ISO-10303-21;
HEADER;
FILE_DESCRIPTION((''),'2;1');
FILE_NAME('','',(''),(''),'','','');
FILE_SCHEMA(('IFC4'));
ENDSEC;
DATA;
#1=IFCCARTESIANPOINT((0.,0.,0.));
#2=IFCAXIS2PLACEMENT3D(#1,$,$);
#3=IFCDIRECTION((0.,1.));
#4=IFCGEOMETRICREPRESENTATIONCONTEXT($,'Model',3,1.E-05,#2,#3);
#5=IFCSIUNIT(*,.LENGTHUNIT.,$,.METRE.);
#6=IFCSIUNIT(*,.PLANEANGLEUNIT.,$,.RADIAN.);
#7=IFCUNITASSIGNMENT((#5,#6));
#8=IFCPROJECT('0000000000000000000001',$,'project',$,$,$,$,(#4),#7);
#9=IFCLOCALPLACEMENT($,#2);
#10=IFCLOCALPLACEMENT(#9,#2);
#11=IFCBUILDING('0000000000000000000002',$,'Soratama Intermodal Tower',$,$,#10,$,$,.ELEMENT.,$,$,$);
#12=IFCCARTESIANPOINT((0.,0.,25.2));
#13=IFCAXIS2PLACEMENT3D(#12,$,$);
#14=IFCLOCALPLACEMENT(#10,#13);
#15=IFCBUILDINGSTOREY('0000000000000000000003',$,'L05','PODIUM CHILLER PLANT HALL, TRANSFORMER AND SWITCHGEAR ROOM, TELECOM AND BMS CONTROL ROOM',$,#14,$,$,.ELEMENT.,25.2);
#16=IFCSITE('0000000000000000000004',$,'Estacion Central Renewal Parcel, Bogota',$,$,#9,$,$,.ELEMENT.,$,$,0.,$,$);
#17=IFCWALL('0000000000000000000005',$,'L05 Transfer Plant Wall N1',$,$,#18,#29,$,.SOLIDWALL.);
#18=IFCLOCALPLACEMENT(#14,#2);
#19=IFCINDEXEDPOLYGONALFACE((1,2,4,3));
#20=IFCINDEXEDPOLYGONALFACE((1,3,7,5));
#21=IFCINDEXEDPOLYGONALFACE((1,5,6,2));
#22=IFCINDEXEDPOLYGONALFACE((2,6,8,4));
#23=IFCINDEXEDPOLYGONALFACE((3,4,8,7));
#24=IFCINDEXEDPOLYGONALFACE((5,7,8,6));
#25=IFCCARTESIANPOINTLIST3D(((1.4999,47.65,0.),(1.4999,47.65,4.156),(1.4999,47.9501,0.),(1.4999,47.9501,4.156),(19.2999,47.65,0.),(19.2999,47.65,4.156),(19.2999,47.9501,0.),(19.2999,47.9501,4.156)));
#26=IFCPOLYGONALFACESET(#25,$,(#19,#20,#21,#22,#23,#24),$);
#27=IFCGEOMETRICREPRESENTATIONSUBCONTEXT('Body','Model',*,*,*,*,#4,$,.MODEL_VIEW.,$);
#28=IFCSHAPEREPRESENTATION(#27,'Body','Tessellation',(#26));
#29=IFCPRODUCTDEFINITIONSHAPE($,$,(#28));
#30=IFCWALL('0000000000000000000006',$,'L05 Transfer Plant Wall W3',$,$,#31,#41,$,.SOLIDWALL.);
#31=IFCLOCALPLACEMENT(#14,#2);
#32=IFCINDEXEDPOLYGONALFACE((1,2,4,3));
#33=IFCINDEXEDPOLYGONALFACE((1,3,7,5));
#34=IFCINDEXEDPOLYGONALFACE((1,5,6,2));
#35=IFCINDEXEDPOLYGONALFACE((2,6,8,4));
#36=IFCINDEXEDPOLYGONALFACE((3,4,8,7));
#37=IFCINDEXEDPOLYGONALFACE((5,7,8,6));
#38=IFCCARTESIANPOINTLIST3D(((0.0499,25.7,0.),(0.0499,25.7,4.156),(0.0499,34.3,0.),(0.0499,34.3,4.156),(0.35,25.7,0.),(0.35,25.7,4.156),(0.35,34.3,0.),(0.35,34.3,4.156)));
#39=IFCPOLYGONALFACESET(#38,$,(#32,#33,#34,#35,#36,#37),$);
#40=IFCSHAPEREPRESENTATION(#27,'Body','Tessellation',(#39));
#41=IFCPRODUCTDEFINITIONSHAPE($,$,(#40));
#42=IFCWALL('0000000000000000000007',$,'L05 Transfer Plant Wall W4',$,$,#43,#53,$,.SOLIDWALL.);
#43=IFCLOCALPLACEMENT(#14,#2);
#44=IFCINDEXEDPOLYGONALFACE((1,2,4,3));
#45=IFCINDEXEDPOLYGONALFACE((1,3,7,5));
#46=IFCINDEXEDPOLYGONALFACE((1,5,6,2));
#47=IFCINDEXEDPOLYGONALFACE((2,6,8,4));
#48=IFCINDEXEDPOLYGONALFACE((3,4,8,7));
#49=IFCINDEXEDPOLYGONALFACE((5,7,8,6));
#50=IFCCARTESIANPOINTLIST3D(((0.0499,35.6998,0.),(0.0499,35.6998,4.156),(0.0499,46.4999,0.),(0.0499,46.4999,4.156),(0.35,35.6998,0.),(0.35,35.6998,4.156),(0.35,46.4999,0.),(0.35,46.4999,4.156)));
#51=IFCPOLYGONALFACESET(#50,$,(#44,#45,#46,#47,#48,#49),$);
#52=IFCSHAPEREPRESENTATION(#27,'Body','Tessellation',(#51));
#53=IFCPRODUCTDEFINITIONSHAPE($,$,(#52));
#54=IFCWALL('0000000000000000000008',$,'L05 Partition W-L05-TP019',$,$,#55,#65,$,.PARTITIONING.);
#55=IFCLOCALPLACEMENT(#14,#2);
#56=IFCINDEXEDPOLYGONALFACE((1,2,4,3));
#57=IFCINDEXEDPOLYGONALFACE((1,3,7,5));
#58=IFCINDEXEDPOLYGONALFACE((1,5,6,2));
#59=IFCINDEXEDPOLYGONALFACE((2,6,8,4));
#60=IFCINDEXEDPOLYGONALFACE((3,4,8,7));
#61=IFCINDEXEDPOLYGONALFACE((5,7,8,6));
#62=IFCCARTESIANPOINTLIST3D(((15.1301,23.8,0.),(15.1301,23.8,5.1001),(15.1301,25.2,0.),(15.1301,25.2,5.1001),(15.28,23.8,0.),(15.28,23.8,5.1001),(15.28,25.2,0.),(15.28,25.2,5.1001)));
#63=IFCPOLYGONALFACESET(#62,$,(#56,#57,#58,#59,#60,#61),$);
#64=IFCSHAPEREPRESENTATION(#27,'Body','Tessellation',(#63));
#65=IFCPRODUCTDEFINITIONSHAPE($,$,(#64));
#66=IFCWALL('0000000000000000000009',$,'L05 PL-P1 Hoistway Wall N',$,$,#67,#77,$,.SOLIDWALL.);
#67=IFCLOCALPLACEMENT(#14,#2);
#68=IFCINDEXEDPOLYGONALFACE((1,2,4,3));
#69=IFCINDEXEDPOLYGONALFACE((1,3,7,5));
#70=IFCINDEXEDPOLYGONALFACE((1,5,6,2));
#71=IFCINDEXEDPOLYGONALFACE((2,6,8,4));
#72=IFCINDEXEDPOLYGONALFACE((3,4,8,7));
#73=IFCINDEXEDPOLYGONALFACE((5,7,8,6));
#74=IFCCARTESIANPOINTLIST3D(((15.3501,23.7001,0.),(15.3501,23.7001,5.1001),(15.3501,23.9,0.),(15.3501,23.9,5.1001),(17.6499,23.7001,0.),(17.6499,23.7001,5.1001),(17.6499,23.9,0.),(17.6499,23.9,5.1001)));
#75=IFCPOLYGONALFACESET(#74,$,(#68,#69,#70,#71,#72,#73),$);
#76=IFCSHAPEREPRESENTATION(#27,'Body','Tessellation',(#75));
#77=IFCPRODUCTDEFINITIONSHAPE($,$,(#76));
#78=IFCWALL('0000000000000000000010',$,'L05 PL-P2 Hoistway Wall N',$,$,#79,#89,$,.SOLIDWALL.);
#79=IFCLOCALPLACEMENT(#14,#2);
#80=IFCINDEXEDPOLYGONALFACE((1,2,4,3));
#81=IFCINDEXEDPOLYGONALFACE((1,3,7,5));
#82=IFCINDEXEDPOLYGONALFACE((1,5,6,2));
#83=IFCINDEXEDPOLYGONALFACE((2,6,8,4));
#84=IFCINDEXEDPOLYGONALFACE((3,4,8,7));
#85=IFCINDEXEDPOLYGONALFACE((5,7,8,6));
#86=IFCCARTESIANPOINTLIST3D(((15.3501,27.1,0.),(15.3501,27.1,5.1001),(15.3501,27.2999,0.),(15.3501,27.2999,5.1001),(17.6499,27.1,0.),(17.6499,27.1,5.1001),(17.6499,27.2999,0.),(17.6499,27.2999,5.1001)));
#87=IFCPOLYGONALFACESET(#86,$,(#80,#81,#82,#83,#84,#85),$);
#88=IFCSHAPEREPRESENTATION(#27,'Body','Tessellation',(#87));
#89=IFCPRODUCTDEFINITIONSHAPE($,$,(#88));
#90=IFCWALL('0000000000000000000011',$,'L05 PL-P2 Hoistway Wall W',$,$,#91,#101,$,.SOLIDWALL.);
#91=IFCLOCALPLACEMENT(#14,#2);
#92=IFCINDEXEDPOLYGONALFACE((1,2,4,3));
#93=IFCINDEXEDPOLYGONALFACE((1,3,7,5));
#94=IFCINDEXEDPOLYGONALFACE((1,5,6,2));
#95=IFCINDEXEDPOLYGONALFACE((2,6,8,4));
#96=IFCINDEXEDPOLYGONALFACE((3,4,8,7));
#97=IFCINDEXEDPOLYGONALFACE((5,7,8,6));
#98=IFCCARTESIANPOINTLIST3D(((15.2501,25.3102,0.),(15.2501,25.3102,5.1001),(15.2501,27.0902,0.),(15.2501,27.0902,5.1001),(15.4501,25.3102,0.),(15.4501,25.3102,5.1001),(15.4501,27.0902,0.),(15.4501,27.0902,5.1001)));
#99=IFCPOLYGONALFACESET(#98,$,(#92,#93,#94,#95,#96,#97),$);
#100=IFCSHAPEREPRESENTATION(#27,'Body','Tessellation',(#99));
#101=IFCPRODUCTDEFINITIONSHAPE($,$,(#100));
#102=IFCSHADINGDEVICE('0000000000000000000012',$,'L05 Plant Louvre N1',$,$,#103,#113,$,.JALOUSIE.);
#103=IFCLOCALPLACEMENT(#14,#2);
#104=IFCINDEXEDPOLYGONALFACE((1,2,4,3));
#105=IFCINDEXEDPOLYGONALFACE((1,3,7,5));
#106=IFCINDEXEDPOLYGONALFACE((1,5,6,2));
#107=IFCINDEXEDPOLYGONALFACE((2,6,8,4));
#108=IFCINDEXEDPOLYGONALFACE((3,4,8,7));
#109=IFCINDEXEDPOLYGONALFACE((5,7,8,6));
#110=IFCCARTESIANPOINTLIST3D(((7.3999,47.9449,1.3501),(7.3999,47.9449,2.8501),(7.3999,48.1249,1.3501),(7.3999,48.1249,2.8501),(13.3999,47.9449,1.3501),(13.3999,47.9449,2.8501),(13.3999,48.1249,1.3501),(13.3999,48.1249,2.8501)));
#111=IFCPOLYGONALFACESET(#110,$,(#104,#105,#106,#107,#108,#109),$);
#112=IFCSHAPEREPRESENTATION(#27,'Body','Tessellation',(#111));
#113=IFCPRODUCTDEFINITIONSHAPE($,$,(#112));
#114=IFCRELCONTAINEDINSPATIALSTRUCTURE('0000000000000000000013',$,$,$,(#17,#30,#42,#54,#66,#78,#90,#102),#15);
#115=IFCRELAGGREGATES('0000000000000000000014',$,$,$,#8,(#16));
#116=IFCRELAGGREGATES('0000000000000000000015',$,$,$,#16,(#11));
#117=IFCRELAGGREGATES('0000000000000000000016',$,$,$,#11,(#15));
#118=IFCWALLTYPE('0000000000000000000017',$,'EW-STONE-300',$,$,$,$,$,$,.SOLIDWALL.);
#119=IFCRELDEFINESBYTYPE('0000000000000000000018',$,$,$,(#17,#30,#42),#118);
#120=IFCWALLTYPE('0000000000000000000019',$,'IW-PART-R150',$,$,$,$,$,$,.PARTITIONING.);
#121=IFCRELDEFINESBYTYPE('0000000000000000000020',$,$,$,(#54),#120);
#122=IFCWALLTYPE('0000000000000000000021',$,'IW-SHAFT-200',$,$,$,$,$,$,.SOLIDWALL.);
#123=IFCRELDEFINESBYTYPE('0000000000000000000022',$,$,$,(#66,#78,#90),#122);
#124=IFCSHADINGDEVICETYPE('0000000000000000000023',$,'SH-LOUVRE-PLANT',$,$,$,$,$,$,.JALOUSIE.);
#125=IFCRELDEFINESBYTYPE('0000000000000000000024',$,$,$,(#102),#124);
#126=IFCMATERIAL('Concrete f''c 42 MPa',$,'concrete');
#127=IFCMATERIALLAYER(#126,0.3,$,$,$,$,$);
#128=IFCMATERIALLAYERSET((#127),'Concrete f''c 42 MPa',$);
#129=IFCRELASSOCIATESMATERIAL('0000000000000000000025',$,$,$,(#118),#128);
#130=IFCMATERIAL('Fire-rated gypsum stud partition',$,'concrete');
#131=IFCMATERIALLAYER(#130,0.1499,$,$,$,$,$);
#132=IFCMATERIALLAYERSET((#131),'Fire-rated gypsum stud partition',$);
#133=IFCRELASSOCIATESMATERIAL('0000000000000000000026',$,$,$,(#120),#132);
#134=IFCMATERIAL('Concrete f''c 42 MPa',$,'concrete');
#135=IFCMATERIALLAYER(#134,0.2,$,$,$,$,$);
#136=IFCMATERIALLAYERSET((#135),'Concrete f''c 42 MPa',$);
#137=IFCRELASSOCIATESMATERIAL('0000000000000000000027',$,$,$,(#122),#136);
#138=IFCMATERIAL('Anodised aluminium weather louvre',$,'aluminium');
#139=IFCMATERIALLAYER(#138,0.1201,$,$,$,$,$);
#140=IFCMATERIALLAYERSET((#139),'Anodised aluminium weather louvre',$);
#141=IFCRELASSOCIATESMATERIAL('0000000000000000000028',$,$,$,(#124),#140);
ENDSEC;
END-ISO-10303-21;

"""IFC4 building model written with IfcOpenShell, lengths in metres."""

from ifc_helpers import new_model, si_unit, direction, frame, frame_2d, origin, origin_2d, place, context, subcontext, project, spatial, rectangle, extrude, material, layer, layer_set, type_object, element, save


model = new_model("IFC4")

# Units and contexts
model_context = context("Model", 3, precision=1e-05, world=origin(), true_north=direction((0.0, 1.0)))
body_context = subcontext(model_context, "Body", "Model", "MODEL_VIEW")
ifc_project = project(units=[si_unit("LENGTHUNIT", "METRE"), si_unit("PLANEANGLEUNIT", "RADIAN")], contexts=[model_context])

# Site, building, storey
site_placement = place(None, origin())
site = spatial("IfcSite", under=ifc_project, at=site_placement, Name="Estacion Central Renewal Parcel, Bogota", CompositionType="ELEMENT", RefElevation=0.0)
building_placement = place(site_placement, origin())
building = spatial("IfcBuilding", under=site, at=building_placement, Name="Soratama Intermodal Tower", CompositionType="ELEMENT")
storey_placement = place(building_placement, frame((0.0, 0.0, 25.2)))
storey = spatial("IfcBuildingStorey", under=building, at=storey_placement, Name="L05", Description="PODIUM CHILLER PLANT HALL, TRANSFORMER AND SWITCHGEAR ROOM, TELECOM AND BMS CONTROL ROOM", CompositionType="ELEMENT", Elevation=25.2)

# Walls
ifc_material_1 = material(Name="Concrete f'c 42 MPa", Category="concrete")
ifc_layer_1 = layer(ifc_material_1, 0.3)
ifc_layer_set_1 = layer_set([ifc_layer_1], Name="Concrete f'c 42 MPa")
wall_type_1 = type_object("IfcWallType", Name="EW-STONE-300", PredefinedType="SOLIDWALL", material=ifc_layer_set_1)
wall_1_placement = place(storey_placement, frame((1.5, 47.8, 0.0), z_axis=(0.0, 0.0, 1.0), x_axis=(1.0, 0.0, 0.0)))
element("IfcWall", 1, at=wall_1_placement, inside=storey, type_object=wall_type_1, Name="L05 Transfer Plant Wall N1", PredefinedType="SOLIDWALL", context=body_context, shape_type="SweptSolid", body=[
    extrude(rectangle(XDim=17.8, YDim=0.3, at=frame_2d((8.8999, 0.0))), origin(), (0.0, 0.0, 1.0), 4.156),
])
wall_2_placement = place(storey_placement, frame((0.2, 25.7, 0.0), z_axis=(0.0, 0.0, 1.0), x_axis=(0.0, 1.0, 0.0)))
element("IfcWall", 2, at=wall_2_placement, inside=storey, type_object=wall_type_1, Name="L05 Transfer Plant Wall W3", PredefinedType="SOLIDWALL", context=body_context, shape_type="SweptSolid", body=[
    extrude(rectangle(XDim=8.6001, YDim=0.3, at=frame_2d((4.3, 0.0))), origin(), (0.0, 0.0, 1.0), 4.156),
])
wall_3_placement = place(storey_placement, frame((0.2, 35.7, 0.0), z_axis=(0.0, 0.0, 1.0), x_axis=(0.0, 1.0, 0.0)))
element("IfcWall", 3, at=wall_3_placement, inside=storey, type_object=wall_type_1, Name="L05 Transfer Plant Wall W4", PredefinedType="SOLIDWALL", context=body_context, shape_type="SweptSolid", body=[
    extrude(rectangle(XDim=10.8, YDim=0.3, at=frame_2d((5.3999, 0.0))), origin(), (0.0, 0.0, 1.0), 4.156),
])
ifc_material_2 = material(Name="Fire-rated gypsum stud partition", Category="concrete")
ifc_layer_2 = layer(ifc_material_2, 0.1499)
ifc_layer_set_2 = layer_set([ifc_layer_2], Name="Fire-rated gypsum stud partition")
wall_type_2 = type_object("IfcWallType", Name="IW-PART-R150", PredefinedType="PARTITIONING", material=ifc_layer_set_2)
wall_4_placement = place(storey_placement, frame((15.2051, 23.8, 0.0), z_axis=(0.0, 0.0, 1.0), x_axis=(0.0, 1.0, 0.0)))
element("IfcWall", 4, at=wall_4_placement, inside=storey, type_object=wall_type_2, Name="L05 Partition W-L05-TP019", PredefinedType="PARTITIONING", context=body_context, shape_type="SweptSolid", body=[
    extrude(rectangle(XDim=1.3999, YDim=0.1499, at=frame_2d((0.7, 0.0))), origin(), (0.0, 0.0, 1.0), 5.1001),
])
ifc_material_3 = material(Name="Concrete f'c 42 MPa", Category="concrete")
ifc_layer_3 = layer(ifc_material_3, 0.2)
ifc_layer_set_3 = layer_set([ifc_layer_3], Name="Concrete f'c 42 MPa")
wall_type_3 = type_object("IfcWallType", Name="IW-SHAFT-200", PredefinedType="SOLIDWALL", material=ifc_layer_set_3)
for number, where, z_axis, x_axis, name in (
    (5, (15.3501, 23.8, 0.0), (0.0, 0.0, 1.0), (1.0, 0.0, 0.0), "L05 PL-P1 Hoistway Wall N"),
    (6, (15.3501, 27.2, 0.0), (0.0, 0.0, 1.0), (1.0, 0.0, 0.0), "L05 PL-P2 Hoistway Wall N"),
):
    element("IfcWall", number, at=place(storey_placement, frame(where, z_axis=z_axis, x_axis=x_axis)), inside=storey, type_object=wall_type_3, Name=name, PredefinedType="SOLIDWALL", context=body_context, shape_type="SweptSolid", body=[
        extrude(rectangle(XDim=2.2998, YDim=0.2, at=frame_2d((1.1499, 0.0))), origin(), (0.0, 0.0, 1.0), 5.1001),
    ])
wall_5_placement = place(storey_placement, frame((15.3501, 25.3101, 0.0), z_axis=(0.0, 0.0, 1.0), x_axis=(0.0, 1.0, 0.0)))
element("IfcWall", 7, at=wall_5_placement, inside=storey, type_object=wall_type_3, Name="L05 PL-P2 Hoistway Wall W", PredefinedType="SOLIDWALL", context=body_context, shape_type="SweptSolid", body=[
    extrude(rectangle(XDim=1.78, YDim=0.2, at=frame_2d((0.8901, 0.0))), origin(), (0.0, 0.0, 1.0), 5.1001),
])

# Shading device
ifc_material_4 = material(Name="Anodised aluminium weather louvre", Category="aluminium")
ifc_layer_4 = layer(ifc_material_4, 0.1201)
ifc_layer_set_4 = layer_set([ifc_layer_4], Name="Anodised aluminium weather louvre")
shading_device_type = type_object("IfcShadingDeviceType", Name="SH-LOUVRE-PLANT", PredefinedType="JALOUSIE", material=ifc_layer_set_4)
shading_device_placement = place(storey_placement, frame((10.3999, 48.0349, 1.3501), z_axis=(0.0, 0.0, 1.0), x_axis=(1.0, 0.0, 0.0)))
element("IfcShadingDevice", 8, at=shading_device_placement, inside=storey, type_object=shading_device_type, Name="L05 Plant Louvre N1", PredefinedType="JALOUSIE", context=body_context, shape_type="SweptSolid", body=[
    extrude(rectangle(XDim=6.0, YDim=0.1799, at=origin_2d()), origin(), (0.0, 0.0, 1.0), 1.5),
])

save(model, "model.ifc")
